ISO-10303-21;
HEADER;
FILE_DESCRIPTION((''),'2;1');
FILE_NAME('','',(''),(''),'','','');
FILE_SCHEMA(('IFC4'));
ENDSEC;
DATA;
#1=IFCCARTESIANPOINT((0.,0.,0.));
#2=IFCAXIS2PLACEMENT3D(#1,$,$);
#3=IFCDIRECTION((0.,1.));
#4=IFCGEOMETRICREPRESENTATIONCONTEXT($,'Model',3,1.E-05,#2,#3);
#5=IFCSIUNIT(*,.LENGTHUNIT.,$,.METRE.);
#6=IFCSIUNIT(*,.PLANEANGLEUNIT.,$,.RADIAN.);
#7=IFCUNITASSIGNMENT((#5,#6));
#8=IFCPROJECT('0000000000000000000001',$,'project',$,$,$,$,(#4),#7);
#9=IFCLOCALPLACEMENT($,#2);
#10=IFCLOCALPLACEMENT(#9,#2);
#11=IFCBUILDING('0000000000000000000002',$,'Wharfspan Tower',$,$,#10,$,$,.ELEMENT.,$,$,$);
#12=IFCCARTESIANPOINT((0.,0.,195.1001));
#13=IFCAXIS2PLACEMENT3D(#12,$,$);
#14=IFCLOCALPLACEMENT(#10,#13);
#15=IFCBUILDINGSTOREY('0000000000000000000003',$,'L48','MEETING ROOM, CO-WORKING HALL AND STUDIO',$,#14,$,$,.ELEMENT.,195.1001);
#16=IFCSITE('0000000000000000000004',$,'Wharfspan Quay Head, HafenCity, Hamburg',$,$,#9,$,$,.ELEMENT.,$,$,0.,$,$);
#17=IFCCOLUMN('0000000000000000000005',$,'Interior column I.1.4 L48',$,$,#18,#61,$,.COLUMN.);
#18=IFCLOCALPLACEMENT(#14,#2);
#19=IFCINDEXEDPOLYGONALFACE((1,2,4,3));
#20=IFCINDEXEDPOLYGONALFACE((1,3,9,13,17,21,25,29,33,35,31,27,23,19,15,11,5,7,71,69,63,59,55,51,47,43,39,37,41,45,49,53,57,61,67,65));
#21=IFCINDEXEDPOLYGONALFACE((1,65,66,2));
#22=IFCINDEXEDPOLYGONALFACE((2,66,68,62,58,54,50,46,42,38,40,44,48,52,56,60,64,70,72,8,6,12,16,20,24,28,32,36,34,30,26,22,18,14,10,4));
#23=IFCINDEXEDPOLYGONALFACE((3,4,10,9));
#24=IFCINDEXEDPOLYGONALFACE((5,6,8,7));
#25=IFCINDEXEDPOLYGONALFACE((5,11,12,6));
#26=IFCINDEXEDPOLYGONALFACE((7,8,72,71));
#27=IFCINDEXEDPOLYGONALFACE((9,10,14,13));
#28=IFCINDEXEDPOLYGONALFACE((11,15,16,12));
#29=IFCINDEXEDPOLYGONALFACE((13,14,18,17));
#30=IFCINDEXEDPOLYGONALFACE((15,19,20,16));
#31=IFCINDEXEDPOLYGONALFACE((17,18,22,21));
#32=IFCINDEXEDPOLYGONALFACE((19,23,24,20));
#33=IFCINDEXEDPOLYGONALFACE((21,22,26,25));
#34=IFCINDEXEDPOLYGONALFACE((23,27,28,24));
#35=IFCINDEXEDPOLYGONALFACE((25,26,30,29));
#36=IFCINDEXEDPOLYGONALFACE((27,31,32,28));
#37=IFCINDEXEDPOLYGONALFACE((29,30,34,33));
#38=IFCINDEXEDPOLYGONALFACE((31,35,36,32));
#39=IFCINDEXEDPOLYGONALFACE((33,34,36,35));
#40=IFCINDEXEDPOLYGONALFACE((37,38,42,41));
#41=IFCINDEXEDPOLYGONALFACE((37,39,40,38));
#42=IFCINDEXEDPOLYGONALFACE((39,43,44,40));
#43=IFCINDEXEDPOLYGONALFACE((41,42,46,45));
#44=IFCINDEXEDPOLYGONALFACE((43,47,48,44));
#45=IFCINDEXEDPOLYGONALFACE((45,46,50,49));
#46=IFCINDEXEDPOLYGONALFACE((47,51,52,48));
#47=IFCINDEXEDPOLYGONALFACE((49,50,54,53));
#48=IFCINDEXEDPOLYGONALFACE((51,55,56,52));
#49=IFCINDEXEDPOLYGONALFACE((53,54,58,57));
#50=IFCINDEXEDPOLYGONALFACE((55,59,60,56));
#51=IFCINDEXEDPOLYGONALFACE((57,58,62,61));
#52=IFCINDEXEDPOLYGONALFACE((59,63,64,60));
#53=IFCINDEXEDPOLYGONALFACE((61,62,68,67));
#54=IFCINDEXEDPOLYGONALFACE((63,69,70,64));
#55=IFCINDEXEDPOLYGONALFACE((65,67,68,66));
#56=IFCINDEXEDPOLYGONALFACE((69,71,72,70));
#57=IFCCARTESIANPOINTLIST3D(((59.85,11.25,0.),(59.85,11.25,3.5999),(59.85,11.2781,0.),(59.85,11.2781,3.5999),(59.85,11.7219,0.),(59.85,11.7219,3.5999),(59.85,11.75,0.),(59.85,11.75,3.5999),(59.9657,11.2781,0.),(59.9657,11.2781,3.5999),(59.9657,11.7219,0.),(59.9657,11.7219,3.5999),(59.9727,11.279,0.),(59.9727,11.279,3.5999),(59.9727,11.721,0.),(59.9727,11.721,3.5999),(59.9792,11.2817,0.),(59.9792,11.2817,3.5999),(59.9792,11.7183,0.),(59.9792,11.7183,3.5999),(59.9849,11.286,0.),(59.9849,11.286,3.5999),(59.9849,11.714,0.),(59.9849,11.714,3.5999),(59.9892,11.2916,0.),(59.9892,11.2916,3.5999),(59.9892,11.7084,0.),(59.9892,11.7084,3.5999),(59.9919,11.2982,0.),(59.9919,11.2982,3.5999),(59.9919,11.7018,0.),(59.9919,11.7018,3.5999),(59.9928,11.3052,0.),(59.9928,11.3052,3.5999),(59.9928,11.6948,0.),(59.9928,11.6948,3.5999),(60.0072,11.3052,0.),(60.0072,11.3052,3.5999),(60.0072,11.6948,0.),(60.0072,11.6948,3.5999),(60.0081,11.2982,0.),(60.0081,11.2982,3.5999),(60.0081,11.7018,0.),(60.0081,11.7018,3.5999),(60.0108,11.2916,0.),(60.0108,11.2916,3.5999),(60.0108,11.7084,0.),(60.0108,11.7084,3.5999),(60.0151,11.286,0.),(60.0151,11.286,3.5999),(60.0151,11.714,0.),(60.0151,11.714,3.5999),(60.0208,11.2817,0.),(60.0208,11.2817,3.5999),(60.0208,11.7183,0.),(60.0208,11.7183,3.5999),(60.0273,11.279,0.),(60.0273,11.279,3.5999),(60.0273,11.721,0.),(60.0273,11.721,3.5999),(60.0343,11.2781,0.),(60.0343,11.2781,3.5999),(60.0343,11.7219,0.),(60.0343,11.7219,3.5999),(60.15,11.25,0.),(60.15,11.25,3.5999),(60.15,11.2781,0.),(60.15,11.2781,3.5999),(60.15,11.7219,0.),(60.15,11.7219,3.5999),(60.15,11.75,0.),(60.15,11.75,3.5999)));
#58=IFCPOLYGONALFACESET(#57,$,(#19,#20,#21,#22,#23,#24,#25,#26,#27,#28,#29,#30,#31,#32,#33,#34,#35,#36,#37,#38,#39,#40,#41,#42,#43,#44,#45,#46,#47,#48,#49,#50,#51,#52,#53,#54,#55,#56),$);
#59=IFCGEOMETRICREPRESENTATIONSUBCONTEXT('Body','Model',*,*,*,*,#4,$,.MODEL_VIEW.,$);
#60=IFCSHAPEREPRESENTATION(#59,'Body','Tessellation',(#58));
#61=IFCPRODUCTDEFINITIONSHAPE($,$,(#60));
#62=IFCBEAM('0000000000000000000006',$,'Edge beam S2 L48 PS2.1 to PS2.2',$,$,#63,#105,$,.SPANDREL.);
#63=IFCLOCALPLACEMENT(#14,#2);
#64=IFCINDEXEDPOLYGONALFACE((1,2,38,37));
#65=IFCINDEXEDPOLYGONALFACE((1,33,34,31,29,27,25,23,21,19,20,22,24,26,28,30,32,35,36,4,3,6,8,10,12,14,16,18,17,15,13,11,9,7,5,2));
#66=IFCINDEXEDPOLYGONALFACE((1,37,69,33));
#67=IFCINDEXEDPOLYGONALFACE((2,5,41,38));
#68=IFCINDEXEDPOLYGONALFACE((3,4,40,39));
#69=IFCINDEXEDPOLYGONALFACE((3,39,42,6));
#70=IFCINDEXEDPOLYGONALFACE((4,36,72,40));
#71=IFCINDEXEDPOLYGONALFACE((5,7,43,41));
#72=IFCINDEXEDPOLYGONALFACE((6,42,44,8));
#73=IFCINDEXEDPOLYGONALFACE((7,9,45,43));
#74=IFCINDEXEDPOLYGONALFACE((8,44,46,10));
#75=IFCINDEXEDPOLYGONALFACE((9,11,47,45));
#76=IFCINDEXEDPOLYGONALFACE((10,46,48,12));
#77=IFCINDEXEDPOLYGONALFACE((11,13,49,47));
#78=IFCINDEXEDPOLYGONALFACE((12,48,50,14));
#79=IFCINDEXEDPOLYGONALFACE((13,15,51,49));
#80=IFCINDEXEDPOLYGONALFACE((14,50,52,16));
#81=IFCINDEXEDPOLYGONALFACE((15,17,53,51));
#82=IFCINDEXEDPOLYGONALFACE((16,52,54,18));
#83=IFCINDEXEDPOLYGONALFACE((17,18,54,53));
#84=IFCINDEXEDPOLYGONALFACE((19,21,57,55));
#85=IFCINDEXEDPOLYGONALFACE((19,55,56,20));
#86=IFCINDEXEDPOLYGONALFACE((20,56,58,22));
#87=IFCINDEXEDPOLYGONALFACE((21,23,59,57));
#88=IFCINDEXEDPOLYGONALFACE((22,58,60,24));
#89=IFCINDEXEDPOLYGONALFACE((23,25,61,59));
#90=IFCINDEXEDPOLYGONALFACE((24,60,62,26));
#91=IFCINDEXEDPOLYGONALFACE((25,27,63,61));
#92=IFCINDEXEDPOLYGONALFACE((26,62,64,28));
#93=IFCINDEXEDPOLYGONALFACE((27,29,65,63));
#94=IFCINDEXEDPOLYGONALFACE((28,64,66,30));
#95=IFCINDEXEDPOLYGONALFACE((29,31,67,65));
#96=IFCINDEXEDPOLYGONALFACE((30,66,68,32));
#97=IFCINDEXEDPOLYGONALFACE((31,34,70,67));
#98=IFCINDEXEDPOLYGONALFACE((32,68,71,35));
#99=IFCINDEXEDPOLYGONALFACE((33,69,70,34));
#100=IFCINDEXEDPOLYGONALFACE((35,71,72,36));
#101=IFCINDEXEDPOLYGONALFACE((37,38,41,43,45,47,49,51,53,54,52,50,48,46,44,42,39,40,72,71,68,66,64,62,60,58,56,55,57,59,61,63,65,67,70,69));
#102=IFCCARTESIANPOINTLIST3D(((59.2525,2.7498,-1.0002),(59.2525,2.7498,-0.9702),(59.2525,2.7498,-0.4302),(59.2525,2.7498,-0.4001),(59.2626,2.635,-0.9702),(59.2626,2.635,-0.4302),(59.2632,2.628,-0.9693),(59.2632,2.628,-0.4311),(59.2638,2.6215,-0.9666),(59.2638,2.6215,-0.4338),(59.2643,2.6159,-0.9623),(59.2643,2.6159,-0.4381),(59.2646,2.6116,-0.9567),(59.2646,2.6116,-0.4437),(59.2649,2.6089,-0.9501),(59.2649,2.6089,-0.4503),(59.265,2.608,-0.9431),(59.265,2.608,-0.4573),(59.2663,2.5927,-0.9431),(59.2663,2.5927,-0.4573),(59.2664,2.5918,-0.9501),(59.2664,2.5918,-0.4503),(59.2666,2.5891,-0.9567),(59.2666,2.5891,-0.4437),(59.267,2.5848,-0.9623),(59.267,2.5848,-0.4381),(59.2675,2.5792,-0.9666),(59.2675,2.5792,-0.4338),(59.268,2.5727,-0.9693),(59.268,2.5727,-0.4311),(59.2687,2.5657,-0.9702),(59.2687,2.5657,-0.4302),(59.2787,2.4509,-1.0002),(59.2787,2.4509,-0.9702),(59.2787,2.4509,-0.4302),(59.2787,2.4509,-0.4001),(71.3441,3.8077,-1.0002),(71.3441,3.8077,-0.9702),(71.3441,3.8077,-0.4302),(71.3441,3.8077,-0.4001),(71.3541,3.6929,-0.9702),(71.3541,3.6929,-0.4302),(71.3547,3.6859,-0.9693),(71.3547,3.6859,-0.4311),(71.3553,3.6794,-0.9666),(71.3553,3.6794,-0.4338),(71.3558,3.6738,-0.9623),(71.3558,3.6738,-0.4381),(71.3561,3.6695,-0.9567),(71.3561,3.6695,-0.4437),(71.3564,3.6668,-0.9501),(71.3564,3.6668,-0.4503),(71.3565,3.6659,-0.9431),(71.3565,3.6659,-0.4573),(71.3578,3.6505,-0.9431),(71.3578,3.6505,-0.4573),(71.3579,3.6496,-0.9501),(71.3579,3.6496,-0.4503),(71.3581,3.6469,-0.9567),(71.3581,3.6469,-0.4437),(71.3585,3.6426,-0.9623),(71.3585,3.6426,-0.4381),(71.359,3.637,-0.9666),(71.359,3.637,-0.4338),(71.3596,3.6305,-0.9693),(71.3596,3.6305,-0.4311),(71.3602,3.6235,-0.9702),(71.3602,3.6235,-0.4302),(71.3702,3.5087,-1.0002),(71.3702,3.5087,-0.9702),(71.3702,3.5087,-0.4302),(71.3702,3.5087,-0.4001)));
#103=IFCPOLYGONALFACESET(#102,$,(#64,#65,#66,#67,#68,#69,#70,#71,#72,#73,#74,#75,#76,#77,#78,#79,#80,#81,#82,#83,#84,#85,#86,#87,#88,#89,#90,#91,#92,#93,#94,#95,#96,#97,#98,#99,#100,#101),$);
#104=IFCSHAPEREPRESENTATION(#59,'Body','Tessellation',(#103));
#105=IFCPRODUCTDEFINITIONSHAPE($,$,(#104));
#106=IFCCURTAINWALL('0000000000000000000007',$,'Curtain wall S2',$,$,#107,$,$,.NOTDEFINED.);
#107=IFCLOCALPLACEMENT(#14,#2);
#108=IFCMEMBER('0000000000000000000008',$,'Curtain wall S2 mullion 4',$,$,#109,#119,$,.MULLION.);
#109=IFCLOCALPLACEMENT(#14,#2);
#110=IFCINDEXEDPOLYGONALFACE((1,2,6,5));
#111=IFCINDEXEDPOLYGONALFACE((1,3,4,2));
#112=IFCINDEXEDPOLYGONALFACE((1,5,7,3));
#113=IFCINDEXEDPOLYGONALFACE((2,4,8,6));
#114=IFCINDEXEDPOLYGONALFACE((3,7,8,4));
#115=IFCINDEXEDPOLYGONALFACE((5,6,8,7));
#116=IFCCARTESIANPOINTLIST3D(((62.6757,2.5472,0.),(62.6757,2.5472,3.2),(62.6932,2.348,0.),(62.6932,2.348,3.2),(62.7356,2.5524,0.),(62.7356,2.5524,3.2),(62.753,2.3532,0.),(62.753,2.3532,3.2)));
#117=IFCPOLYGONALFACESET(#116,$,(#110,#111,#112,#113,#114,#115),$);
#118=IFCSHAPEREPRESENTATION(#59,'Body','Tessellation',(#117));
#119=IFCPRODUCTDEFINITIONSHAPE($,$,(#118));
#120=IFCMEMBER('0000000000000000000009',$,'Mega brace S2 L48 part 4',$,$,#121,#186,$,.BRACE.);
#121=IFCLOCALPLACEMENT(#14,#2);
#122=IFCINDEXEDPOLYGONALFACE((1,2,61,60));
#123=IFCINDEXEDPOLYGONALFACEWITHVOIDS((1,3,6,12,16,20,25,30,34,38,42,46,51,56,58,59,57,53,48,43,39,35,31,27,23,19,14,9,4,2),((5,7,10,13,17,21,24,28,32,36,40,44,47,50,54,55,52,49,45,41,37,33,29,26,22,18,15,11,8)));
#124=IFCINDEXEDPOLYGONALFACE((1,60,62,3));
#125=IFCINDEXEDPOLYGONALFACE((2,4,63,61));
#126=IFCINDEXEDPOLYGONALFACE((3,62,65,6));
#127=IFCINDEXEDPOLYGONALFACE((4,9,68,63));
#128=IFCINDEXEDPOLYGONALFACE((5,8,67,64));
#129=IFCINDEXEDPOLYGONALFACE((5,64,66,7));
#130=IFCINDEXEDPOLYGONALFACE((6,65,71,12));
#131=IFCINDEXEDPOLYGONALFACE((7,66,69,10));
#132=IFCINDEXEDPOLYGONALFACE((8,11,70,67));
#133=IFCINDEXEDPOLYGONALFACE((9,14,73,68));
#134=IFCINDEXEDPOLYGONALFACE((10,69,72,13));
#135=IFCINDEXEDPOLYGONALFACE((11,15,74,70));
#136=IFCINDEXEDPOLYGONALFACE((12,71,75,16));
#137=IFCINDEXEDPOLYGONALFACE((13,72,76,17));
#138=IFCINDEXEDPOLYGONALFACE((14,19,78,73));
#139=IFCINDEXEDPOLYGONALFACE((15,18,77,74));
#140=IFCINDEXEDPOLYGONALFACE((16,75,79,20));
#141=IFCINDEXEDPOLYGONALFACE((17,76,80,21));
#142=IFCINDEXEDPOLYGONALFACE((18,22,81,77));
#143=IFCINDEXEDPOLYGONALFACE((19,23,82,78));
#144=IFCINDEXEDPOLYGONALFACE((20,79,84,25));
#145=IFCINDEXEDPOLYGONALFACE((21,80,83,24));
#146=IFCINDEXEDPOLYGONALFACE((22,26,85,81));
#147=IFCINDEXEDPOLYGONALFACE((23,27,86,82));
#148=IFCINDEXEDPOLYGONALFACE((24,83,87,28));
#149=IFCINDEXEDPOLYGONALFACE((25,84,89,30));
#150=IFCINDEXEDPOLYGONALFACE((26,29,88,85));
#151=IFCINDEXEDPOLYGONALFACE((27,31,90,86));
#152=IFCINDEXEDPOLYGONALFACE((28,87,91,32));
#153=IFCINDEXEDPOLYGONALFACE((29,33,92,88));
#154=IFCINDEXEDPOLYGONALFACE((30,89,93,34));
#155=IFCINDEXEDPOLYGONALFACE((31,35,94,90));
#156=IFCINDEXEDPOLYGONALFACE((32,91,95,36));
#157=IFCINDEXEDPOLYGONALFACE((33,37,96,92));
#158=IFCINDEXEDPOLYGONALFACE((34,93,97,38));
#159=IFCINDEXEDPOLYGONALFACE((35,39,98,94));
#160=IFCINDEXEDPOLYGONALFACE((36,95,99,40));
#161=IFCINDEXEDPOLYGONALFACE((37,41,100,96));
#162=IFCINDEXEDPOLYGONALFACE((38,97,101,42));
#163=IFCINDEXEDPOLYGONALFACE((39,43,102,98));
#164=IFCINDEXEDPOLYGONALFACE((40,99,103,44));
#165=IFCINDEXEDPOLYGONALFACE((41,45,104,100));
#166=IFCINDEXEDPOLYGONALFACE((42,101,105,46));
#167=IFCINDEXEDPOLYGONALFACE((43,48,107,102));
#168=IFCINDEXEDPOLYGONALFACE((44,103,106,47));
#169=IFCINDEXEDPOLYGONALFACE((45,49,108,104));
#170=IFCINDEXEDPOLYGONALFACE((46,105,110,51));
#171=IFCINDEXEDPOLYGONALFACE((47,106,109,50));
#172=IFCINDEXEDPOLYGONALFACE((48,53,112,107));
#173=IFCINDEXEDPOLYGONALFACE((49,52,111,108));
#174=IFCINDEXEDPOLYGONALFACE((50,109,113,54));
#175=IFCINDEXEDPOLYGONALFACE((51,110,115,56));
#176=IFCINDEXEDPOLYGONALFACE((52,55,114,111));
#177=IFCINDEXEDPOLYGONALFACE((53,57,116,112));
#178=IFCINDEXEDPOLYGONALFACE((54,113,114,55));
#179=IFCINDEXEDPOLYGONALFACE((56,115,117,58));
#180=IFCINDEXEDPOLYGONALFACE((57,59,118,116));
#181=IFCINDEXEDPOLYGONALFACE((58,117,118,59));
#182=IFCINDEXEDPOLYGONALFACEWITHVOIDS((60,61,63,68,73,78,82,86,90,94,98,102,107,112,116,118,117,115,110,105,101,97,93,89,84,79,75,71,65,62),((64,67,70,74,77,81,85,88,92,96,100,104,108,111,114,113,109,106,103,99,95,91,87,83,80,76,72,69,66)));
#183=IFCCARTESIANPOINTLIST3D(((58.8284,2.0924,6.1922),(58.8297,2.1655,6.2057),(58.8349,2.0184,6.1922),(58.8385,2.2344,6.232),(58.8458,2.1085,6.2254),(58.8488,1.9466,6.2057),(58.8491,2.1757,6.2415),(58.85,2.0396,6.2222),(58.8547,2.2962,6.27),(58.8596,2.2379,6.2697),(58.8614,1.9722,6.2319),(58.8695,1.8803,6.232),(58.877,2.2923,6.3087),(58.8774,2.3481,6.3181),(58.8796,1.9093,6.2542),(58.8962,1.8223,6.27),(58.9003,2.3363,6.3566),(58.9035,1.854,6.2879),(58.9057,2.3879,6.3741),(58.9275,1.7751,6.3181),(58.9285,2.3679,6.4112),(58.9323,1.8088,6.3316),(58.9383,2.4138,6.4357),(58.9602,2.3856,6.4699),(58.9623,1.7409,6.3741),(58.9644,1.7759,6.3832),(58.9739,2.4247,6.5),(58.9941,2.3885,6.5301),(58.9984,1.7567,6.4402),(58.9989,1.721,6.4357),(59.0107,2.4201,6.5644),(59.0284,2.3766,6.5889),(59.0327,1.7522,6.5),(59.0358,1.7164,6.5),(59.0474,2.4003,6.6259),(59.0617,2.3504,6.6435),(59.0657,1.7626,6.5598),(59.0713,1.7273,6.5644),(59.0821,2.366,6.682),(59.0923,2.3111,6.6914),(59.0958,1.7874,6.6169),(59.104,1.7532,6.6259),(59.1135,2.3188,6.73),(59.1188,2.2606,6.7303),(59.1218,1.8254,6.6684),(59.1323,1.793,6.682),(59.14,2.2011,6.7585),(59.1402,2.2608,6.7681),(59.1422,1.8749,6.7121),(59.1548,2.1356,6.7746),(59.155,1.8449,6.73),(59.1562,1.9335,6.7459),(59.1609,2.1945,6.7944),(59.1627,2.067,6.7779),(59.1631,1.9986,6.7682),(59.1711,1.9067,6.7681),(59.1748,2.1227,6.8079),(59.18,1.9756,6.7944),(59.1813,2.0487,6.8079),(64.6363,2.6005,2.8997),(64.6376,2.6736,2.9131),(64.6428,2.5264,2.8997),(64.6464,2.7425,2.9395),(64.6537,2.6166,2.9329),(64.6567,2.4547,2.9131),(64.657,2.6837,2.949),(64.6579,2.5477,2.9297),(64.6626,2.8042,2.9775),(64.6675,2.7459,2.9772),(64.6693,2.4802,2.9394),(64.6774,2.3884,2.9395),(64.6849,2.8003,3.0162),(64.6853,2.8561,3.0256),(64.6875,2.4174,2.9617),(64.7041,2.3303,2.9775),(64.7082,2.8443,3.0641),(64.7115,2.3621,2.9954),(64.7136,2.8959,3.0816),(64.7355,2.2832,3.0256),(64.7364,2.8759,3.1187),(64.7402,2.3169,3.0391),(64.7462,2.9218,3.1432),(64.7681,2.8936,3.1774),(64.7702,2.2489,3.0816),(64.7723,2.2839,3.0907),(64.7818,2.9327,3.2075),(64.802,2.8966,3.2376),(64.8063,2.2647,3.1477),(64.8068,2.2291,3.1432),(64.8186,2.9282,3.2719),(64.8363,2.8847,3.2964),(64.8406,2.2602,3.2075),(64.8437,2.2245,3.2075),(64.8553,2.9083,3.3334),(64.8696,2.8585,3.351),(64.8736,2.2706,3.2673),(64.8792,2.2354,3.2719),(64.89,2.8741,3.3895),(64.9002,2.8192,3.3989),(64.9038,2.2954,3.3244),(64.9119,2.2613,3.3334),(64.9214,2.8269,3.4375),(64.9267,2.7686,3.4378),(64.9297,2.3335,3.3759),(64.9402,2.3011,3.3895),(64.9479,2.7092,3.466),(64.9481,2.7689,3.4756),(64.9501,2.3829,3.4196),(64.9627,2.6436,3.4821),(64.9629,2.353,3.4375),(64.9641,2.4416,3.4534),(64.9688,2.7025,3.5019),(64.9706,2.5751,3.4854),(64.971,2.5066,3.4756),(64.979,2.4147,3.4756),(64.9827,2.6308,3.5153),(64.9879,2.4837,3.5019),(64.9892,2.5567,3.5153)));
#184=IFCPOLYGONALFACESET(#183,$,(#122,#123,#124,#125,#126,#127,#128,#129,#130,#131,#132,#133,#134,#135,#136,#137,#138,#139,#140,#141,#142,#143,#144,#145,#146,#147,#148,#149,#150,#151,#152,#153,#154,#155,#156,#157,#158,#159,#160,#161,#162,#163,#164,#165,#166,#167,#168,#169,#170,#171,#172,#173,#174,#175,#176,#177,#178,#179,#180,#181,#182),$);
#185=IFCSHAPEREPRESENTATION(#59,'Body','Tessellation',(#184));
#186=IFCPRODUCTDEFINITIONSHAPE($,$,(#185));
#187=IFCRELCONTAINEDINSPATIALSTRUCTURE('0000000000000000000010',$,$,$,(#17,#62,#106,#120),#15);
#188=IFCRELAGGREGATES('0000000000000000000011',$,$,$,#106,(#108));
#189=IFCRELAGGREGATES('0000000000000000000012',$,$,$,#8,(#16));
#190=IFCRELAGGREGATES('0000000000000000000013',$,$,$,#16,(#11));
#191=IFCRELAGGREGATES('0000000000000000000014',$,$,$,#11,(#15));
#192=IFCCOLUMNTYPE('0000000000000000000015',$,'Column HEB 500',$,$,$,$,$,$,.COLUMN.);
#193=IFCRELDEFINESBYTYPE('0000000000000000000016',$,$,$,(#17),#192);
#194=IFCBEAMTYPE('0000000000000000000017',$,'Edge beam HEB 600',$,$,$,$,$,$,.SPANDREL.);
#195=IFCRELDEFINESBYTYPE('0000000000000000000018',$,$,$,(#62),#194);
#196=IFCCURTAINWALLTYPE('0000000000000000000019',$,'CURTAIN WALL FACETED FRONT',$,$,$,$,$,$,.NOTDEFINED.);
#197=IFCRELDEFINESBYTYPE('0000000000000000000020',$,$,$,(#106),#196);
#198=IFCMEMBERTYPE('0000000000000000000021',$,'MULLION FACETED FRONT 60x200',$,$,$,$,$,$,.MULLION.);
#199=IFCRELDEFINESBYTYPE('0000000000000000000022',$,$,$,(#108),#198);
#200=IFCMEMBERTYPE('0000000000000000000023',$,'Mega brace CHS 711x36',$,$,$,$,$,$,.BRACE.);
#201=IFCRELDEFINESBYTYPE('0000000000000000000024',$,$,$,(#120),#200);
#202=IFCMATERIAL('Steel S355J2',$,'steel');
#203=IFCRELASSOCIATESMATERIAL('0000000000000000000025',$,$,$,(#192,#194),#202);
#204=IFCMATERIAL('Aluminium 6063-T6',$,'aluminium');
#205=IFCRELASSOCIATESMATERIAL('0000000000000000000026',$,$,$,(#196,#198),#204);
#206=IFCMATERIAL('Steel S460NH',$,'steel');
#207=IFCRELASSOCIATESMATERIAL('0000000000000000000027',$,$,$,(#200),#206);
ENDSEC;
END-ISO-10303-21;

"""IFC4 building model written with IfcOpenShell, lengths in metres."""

from ifc_helpers import new_model, si_unit, direction, frame, origin, origin_2d, place, context, subcontext, project, spatial, rectangle, hollow_circle, i_section, extrude, material, material_profile, profile_set, type_object, element, aggregate, save


model = new_model("IFC4")

# Units and contexts
model_context = context("Model", 3, precision=1e-05, world=origin(), true_north=direction((0.0, 1.0)))
body_context = subcontext(model_context, "Body", "Model", "MODEL_VIEW")
ifc_project = project(units=[si_unit("LENGTHUNIT", "METRE"), si_unit("PLANEANGLEUNIT", "RADIAN")], contexts=[model_context])

# Site, building, storey
site_placement = place(None, origin())
site = spatial("IfcSite", under=ifc_project, at=site_placement, Name="Wharfspan Quay Head, HafenCity, Hamburg", CompositionType="ELEMENT", RefElevation=0.0)
building_placement = place(site_placement, origin())
building = spatial("IfcBuilding", under=site, at=building_placement, Name="Wharfspan Tower", CompositionType="ELEMENT")
storey_placement = place(building_placement, frame((0.0, 0.0, 195.1001)))
storey = spatial("IfcBuildingStorey", under=building, at=storey_placement, Name="L48", Description="MEETING ROOM, CO-WORKING HALL AND STUDIO", CompositionType="ELEMENT", Elevation=195.1001)

# Column
ifc_material_1 = material(Name="Steel S355J2", Category="steel")
ifc_material_profile_1 = material_profile(ifc_material_1, i_section(OverallWidth=0.3, OverallDepth=0.5, WebThickness=0.0144, FlangeThickness=0.0281, FilletRadius=0.0271, at=origin_2d()))
ifc_profile_set_1 = profile_set([ifc_material_profile_1], Name="Steel S355J2")
column_type = type_object("IfcColumnType", Name="Column HEB 500", PredefinedType="COLUMN", material=ifc_profile_set_1)
column_placement = place(storey_placement, frame((60.0, 11.5, 0.0), z_axis=(0.0, 0.0, 1.0), x_axis=(1.0, 0.0, 0.0)))
element("IfcColumn", 1, at=column_placement, inside=storey, type_object=column_type, Name="Interior column I.1.4 L48", PredefinedType="COLUMN", context=body_context, shape_type="SweptSolid", body=[
    extrude(i_section(OverallWidth=0.3, OverallDepth=0.5, WebThickness=0.0144, FlangeThickness=0.0281, FilletRadius=0.0271, at=origin_2d()), origin(), (0.0, 0.0, 1.0), 3.5999),
])

# Beam
ifc_material_profile_2 = material_profile(ifc_material_1, i_section(OverallWidth=0.3, OverallDepth=0.6001, WebThickness=0.0154, FlangeThickness=0.03, FilletRadius=0.0271, at=origin_2d()))
ifc_profile_set_2 = profile_set([ifc_material_profile_2], Name="Steel S355J2")
beam_type = type_object("IfcBeamType", Name="Edge beam HEB 600", PredefinedType="SPANDREL", material=ifc_profile_set_2)
beam_placement = place(storey_placement, frame((59.2656, 2.6003, -0.7002), z_axis=(0.996195, 0.087155, 0.0), x_axis=(-0.087155, 0.996195, 0.0)))
element("IfcBeam", 2, at=beam_placement, inside=storey, type_object=beam_type, Name="Edge beam S2 L48 PS2.1 to PS2.2", PredefinedType="SPANDREL", context=body_context, shape_type="SweptSolid", body=[
    extrude(i_section(OverallWidth=0.3, OverallDepth=0.6001, WebThickness=0.0154, FlangeThickness=0.03, FilletRadius=0.0271, at=origin_2d()), origin(), (0.0, 0.0, 1.0), 12.1377),
])

# Curtain wall, member
ifc_material_2 = material(Name="Aluminium 6063-T6", Category="aluminium")
curtain_wall_type = type_object("IfcCurtainWallType", Name="CURTAIN WALL FACETED FRONT", PredefinedType="NOTDEFINED", material=ifc_material_2)
curtain_wall_placement = place(storey_placement, origin())
curtain_wall = element("IfcCurtainWall", 3, at=curtain_wall_placement, inside=storey, type_object=curtain_wall_type, Name="Curtain wall S2", PredefinedType="NOTDEFINED")
ifc_material_profile_3 = material_profile(ifc_material_2, rectangle(XDim=0.2, YDim=0.0601, at=origin_2d()))
ifc_profile_set_3 = profile_set([ifc_material_profile_3], Name="Aluminium 6063-T6")
member_type_1 = type_object("IfcMemberType", Name="MULLION FACETED FRONT 60x200", PredefinedType="MULLION", material=ifc_profile_set_3)
member_1_placement = place(storey_placement, frame((62.7144, 2.4502, 0.0), z_axis=(0.0, 0.0, 1.0), x_axis=(-0.087156, 0.996198, 0.0)))
member_1 = element("IfcMember", 4, at=member_1_placement, type_object=member_type_1, Name="Curtain wall S2 mullion 4", PredefinedType="MULLION", context=body_context, shape_type="SweptSolid", body=[
    extrude(rectangle(XDim=0.2, YDim=0.0601, at=origin_2d()), origin(), (0.0, 0.0, 1.0), 3.2),
])

# Member
ifc_material_3 = material(Name="Steel S460NH", Category="steel")
ifc_material_profile_4 = material_profile(ifc_material_3, hollow_circle(Radius=0.3555, WallThickness=0.0359, at=origin_2d()))
ifc_profile_set_4 = profile_set([ifc_material_profile_4], Name="Steel S460NH")
member_type_2 = type_object("IfcMemberType", Name="Mega brace CHS 711x36", PredefinedType="BRACE", material=ifc_profile_set_4)
member_2_placement = place(storey_placement, frame((64.8127, 2.5786, 3.2075), z_axis=(-0.867427, -0.07588, 0.491745), x_axis=(0.087145, -0.996197, 0.000001)))
element("IfcMember", 5, at=member_2_placement, inside=storey, type_object=member_type_2, Name="Mega brace S2 L48 part 4", PredefinedType="BRACE", context=body_context, shape_type="SweptSolid", body=[
    extrude(hollow_circle(Radius=0.3555, WallThickness=0.0359, at=origin_2d()), origin(), (0.0, 0.0, 1.0), 6.6956),
])

aggregate(curtain_wall, [member_1])

save(model, "model.ifc")
